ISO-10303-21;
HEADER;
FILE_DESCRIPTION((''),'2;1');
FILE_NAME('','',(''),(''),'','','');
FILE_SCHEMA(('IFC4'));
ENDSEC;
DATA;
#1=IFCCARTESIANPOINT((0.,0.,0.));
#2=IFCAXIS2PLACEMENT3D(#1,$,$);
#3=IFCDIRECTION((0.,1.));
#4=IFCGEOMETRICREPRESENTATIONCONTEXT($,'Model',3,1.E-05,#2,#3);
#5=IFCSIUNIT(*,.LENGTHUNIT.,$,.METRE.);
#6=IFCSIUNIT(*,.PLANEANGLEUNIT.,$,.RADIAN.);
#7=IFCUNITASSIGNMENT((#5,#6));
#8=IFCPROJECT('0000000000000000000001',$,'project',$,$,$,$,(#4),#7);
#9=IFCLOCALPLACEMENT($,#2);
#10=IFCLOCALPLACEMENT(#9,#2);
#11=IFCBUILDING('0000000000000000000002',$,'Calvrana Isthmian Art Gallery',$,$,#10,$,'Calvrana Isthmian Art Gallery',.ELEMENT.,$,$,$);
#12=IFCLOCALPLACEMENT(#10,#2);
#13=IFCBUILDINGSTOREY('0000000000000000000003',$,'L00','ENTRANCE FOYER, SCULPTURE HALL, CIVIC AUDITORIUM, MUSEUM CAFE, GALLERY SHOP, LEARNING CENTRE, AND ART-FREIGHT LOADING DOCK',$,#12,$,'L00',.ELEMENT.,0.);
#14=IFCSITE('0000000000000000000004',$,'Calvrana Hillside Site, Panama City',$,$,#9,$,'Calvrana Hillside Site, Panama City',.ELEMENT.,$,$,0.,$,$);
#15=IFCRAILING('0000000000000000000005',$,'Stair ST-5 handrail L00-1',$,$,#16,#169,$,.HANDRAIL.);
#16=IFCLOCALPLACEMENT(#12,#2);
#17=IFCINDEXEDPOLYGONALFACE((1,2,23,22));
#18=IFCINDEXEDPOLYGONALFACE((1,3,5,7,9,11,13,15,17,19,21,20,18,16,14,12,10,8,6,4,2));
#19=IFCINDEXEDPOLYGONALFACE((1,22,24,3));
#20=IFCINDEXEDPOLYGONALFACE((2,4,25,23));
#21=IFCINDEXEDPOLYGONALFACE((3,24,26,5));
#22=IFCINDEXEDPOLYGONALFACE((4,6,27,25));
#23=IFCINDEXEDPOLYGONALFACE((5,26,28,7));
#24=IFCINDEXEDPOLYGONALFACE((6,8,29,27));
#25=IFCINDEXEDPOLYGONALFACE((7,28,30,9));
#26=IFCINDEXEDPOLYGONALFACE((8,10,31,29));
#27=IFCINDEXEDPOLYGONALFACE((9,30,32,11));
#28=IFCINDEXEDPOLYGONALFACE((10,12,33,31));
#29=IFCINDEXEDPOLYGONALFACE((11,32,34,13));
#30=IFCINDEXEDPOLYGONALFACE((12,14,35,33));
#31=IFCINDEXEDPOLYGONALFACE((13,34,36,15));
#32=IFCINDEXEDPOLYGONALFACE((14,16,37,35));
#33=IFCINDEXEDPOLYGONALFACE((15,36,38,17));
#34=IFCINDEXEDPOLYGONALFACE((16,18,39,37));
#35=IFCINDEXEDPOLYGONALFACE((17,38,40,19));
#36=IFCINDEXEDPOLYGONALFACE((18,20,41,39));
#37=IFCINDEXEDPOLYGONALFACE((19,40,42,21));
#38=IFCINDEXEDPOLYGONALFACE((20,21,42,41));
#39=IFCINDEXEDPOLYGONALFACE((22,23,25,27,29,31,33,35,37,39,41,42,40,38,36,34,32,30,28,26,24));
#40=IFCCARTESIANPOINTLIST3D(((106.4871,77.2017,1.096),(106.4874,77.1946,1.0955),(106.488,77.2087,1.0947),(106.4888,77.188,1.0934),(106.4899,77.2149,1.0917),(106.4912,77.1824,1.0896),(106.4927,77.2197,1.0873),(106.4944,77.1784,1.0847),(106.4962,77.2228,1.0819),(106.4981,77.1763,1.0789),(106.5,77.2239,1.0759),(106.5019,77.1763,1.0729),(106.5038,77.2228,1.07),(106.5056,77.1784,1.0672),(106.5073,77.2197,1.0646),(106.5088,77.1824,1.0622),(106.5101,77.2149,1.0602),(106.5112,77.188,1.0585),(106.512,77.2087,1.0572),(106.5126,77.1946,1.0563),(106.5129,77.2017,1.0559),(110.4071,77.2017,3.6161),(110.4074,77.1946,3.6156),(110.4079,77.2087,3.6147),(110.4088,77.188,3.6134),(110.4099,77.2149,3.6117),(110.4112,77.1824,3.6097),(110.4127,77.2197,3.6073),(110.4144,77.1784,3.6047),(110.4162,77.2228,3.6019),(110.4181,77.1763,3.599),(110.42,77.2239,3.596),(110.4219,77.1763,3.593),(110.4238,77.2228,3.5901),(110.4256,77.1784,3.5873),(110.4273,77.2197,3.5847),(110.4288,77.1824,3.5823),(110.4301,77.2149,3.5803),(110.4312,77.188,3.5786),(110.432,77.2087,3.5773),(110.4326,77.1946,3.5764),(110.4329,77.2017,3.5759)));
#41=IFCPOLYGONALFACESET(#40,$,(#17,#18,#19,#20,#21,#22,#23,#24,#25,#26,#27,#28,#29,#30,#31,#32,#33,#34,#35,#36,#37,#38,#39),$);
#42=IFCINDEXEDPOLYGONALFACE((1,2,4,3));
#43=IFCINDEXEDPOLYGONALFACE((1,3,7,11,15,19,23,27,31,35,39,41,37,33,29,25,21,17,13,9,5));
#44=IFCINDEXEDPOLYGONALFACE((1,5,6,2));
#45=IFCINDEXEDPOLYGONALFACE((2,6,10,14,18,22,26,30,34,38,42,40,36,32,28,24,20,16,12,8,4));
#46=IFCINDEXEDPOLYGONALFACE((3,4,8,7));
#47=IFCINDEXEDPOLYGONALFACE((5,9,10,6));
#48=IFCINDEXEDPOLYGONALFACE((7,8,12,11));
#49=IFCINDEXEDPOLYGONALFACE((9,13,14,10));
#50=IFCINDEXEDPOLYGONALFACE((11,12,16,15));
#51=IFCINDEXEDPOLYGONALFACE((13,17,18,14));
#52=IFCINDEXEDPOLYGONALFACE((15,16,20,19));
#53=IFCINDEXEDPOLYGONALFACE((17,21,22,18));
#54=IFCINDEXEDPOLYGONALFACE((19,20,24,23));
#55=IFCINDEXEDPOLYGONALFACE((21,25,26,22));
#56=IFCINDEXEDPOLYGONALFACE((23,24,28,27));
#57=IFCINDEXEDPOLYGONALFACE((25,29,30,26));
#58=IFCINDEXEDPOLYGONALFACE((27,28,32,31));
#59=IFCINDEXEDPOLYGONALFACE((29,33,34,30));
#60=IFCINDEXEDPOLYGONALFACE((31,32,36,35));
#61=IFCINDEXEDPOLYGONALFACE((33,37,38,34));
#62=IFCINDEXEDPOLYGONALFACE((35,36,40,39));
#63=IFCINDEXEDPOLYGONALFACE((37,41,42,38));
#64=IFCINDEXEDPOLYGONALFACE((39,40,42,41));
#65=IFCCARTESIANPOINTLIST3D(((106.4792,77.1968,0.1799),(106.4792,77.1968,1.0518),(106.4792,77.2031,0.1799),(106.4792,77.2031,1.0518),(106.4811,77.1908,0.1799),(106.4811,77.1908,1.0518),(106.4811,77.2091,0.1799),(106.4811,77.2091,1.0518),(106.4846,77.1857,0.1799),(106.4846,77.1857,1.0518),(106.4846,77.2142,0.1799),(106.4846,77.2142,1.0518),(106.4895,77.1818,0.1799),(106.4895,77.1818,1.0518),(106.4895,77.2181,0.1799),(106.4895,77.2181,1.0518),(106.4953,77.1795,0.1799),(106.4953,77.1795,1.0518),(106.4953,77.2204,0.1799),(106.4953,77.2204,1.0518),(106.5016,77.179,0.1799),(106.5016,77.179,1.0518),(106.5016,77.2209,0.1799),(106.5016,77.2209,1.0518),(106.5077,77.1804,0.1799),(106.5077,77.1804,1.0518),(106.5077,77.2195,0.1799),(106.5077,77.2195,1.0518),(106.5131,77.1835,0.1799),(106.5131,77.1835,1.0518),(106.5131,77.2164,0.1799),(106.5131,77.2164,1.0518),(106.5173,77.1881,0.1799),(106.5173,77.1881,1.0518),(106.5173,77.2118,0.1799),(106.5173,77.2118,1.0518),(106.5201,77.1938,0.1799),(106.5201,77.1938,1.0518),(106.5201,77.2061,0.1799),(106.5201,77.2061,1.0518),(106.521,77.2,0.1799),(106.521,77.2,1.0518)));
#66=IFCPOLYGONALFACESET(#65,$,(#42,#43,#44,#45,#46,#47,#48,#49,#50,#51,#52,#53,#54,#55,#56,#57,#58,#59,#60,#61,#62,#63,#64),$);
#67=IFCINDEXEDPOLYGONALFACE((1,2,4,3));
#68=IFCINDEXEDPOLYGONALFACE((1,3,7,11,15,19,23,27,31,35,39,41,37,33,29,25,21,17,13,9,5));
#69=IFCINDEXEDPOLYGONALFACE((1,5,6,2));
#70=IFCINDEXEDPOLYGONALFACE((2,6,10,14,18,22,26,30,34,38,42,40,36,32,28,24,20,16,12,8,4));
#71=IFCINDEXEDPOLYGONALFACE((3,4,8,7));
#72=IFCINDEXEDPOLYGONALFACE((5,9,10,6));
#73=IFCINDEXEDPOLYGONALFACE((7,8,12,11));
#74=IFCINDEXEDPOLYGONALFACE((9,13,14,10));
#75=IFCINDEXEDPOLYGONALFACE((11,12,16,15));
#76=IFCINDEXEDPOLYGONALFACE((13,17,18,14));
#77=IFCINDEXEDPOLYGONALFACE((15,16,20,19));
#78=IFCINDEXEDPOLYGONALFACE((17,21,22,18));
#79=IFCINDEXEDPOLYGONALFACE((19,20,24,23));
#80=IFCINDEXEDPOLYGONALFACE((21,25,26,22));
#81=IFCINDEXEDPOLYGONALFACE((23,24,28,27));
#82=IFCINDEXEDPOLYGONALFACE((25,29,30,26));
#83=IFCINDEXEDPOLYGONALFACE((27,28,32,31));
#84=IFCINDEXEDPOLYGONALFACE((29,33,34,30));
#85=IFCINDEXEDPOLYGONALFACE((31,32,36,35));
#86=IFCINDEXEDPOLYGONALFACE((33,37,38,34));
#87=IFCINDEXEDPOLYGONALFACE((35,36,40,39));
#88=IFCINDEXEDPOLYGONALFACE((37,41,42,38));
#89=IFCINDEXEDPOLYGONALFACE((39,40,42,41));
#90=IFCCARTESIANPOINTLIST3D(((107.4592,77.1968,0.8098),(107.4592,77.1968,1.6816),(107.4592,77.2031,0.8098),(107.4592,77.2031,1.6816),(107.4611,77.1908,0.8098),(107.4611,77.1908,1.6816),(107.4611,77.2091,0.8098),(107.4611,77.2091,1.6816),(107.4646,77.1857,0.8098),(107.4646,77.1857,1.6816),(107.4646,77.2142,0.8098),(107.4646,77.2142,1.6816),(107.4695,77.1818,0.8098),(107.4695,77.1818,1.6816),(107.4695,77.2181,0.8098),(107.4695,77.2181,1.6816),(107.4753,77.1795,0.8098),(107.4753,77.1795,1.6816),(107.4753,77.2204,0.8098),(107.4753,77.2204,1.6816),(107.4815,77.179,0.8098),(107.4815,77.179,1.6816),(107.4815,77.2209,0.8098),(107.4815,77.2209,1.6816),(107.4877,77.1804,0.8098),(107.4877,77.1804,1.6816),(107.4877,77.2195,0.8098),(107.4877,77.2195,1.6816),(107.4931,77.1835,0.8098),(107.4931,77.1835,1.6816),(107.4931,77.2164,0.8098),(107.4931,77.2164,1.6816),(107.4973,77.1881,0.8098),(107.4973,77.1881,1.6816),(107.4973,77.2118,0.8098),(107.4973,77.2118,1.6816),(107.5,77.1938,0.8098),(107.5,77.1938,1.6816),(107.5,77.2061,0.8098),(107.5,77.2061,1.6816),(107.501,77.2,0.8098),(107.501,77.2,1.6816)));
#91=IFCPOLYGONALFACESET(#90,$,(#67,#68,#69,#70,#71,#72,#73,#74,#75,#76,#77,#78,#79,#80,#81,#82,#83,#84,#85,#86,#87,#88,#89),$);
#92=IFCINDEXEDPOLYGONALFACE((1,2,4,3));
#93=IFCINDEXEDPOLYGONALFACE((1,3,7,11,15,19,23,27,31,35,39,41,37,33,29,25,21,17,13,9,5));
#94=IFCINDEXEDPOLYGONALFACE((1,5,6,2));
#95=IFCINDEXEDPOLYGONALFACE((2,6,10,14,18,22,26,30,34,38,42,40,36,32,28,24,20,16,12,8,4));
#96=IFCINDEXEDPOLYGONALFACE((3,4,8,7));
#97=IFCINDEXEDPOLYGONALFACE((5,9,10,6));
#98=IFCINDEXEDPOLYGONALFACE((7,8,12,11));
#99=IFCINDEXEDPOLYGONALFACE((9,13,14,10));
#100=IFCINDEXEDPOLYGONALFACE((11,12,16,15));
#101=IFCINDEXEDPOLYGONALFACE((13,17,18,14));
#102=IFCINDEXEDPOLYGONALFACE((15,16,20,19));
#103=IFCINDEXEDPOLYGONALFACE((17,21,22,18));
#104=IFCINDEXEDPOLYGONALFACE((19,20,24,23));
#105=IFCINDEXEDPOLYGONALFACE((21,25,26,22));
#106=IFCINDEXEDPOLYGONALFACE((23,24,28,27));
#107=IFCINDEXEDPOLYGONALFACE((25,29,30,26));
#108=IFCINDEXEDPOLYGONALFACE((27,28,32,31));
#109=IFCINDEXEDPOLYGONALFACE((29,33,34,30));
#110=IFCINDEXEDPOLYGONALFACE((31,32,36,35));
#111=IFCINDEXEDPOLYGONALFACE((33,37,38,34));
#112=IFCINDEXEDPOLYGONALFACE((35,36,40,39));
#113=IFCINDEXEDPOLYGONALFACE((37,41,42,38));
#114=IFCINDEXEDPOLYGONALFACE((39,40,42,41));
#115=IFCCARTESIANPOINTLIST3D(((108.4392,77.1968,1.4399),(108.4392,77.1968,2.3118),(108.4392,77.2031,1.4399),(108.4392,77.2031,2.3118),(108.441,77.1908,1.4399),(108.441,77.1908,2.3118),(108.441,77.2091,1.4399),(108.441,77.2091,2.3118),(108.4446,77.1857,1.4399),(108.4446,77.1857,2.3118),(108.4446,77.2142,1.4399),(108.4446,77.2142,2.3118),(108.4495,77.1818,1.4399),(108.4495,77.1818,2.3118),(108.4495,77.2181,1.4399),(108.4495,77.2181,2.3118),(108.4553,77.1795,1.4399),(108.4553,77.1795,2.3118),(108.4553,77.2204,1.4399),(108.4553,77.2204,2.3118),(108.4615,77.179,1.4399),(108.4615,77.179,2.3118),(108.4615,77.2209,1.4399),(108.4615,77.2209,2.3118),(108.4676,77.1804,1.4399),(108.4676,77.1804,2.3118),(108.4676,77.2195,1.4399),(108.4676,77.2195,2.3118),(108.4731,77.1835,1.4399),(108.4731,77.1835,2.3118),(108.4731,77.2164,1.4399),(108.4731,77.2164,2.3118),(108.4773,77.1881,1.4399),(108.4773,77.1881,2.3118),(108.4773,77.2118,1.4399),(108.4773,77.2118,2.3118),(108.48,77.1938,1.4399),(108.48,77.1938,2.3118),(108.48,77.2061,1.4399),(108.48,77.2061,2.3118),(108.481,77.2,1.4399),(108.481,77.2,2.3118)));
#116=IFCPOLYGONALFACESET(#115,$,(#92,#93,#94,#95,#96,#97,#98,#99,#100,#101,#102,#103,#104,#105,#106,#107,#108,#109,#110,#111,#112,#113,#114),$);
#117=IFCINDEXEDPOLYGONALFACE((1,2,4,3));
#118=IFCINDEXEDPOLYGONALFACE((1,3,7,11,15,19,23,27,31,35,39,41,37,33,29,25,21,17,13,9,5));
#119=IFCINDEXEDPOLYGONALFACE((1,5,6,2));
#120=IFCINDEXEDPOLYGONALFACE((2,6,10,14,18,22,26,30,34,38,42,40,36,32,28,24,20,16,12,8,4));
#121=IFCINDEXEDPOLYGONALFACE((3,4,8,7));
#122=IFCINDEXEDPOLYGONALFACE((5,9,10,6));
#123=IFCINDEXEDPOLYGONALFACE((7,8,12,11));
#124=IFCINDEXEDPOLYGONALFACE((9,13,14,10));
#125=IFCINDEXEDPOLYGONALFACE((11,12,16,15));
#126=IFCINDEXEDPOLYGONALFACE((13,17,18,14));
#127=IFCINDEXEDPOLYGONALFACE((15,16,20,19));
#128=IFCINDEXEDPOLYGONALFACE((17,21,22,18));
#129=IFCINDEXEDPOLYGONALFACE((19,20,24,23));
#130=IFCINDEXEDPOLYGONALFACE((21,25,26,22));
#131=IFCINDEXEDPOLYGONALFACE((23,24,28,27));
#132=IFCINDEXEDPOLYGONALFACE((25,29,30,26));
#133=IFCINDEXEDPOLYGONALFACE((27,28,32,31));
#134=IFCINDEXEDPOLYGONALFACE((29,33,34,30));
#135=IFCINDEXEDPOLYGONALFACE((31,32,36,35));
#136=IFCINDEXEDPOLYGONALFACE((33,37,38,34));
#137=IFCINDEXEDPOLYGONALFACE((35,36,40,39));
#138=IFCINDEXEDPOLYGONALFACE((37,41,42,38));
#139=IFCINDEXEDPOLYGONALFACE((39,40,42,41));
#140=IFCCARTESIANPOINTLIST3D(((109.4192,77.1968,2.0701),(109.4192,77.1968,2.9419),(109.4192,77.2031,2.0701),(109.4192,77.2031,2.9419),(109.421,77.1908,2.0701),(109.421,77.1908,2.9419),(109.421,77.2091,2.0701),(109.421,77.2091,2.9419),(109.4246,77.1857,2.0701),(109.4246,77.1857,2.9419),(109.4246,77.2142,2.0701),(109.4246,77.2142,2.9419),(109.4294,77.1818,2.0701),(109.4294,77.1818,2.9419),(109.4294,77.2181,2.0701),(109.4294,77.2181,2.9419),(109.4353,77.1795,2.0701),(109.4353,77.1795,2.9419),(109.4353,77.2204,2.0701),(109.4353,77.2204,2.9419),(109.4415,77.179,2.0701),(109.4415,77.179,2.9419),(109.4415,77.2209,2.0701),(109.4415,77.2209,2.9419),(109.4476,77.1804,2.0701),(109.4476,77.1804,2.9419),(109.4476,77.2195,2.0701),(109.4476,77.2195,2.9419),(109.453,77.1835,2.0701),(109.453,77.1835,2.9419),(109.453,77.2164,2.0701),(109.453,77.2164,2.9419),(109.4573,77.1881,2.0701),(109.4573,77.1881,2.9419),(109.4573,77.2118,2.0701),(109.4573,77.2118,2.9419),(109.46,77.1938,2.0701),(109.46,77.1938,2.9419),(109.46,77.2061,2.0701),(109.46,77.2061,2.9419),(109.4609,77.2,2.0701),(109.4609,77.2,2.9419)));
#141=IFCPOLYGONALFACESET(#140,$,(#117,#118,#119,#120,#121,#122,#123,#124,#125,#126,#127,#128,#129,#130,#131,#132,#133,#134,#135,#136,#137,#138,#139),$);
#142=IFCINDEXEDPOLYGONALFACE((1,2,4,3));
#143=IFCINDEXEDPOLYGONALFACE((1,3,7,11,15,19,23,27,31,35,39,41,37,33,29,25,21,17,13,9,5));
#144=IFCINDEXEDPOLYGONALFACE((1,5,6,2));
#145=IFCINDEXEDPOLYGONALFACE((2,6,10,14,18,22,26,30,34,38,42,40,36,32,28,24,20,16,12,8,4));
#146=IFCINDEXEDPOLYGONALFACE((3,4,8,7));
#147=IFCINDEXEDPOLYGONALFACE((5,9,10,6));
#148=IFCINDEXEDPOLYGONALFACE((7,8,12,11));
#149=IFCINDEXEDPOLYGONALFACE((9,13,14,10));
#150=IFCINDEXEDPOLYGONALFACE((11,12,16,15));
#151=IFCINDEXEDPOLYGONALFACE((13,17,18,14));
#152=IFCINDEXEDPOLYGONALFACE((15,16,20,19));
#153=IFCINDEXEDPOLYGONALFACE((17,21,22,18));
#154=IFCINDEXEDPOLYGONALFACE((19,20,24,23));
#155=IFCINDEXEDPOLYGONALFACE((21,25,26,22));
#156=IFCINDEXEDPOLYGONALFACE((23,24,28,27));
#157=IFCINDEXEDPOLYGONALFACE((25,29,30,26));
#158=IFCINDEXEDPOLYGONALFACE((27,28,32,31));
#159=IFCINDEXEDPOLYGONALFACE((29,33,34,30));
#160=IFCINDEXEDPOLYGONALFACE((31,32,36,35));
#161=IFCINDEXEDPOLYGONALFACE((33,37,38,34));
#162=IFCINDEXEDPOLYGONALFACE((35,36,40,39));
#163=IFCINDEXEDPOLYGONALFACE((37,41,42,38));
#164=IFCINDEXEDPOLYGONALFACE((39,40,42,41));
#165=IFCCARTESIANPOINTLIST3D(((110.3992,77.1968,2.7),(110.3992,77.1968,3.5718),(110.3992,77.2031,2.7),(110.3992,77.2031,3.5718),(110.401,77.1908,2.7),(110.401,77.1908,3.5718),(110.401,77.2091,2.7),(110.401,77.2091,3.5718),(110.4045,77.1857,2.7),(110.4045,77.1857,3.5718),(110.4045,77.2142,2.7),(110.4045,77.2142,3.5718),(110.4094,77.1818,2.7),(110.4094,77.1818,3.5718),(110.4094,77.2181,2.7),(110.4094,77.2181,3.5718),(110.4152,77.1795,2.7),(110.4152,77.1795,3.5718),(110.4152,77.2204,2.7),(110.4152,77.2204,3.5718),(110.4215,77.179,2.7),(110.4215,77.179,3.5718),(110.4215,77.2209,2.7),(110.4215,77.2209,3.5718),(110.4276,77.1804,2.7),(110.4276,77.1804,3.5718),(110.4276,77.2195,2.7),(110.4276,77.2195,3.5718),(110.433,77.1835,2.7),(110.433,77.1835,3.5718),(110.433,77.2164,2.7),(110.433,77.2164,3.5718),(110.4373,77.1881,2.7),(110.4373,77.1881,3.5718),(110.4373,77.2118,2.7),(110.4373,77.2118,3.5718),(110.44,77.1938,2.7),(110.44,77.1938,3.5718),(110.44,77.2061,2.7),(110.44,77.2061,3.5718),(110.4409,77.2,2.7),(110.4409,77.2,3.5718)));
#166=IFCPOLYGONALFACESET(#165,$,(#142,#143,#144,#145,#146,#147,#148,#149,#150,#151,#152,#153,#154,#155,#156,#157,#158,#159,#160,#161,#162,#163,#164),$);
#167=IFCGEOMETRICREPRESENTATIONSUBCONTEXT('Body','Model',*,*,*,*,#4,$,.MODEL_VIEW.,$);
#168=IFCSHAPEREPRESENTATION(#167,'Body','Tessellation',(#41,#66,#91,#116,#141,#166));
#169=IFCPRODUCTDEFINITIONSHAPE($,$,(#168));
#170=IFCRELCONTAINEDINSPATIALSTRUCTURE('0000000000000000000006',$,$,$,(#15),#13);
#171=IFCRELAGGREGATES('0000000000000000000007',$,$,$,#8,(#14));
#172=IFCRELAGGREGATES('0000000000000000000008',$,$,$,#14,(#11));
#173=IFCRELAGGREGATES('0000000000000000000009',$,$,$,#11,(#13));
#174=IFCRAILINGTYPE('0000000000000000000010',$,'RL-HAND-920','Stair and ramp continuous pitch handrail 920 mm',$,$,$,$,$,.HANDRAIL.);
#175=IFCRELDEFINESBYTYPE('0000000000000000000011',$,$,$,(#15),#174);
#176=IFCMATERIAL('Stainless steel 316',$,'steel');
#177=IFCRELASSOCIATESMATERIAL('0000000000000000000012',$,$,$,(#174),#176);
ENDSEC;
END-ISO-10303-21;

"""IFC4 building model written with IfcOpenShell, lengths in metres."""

from ifc_helpers import new_model, si_unit, direction, frame, origin, origin_2d, place, context, subcontext, project, spatial, circle, extrude, material, type_object, element, save


model = new_model("IFC4")

# Units and contexts
model_context = context("Model", 3, precision=1e-05, world=origin(), true_north=direction((0.0, 1.0)))
body_context = subcontext(model_context, "Body", "Model", "MODEL_VIEW")
ifc_project = project(units=[si_unit("LENGTHUNIT", "METRE"), si_unit("PLANEANGLEUNIT", "RADIAN")], contexts=[model_context])

# Site, building, storey
site_placement = place(None, origin())
site = spatial("IfcSite", under=ifc_project, at=site_placement, Name="Calvrana Hillside Site, Panama City", LongName="Calvrana Hillside Site, Panama City", CompositionType="ELEMENT", RefElevation=0.0)
building_placement = place(site_placement, origin())
building = spatial("IfcBuilding", under=site, at=building_placement, Name="Calvrana Isthmian Art Gallery", LongName="Calvrana Isthmian Art Gallery", CompositionType="ELEMENT")
storey_placement = place(building_placement, origin())
storey = spatial("IfcBuildingStorey", under=building, at=storey_placement, Name="L00", Description="ENTRANCE FOYER, SCULPTURE HALL, CIVIC AUDITORIUM, MUSEUM CAFE, GALLERY SHOP, LEARNING CENTRE, AND ART-FREIGHT LOADING DOCK", LongName="L00", CompositionType="ELEMENT", Elevation=0.0)

# Railing
ifc_material_1 = material(Name="Stainless steel 316", Category="steel")
railing_type_1 = type_object("IfcRailingType", Name="RL-HAND-920", Description="Stair and ramp continuous pitch handrail 920 mm", PredefinedType="HANDRAIL", material=ifc_material_1)
railing_1_placement = place(storey_placement, frame((106.5, 77.2, 0.1799)))
element("IfcRailing", 1, at=railing_1_placement, inside=storey, type_object=railing_type_1, Name="Stair ST-5 handrail L00-1", PredefinedType="HANDRAIL", context=body_context, shape_type="SweptSolid", body=[
    extrude(circle(Radius=0.0239, at=origin_2d()), frame((0.0, 0.0, 0.896), z_axis=(0.841172, 0.0, 0.540768), x_axis=(0.0, 1.0, 0.0)), (0.0, 0.0, 1.0), 4.6602),
    extrude(circle(Radius=0.021, at=origin_2d()), origin(), (0.0, 0.0, 1.0), 0.8718),
    extrude(circle(Radius=0.021, at=origin_2d()), frame((0.98, 0.0, 0.6299)), (0.0, 0.0, 1.0), 0.8718),
    extrude(circle(Radius=0.021, at=origin_2d()), frame((1.96, 0.0, 1.26)), (0.0, 0.0, 1.0), 0.8718),
    extrude(circle(Radius=0.021, at=origin_2d()), frame((2.9399, 0.0, 1.8901)), (0.0, 0.0, 1.0), 0.8718),
    extrude(circle(Radius=0.021, at=origin_2d()), frame((3.9199, 0.0, 2.52)), (0.0, 0.0, 1.0), 0.8718),
])

save(model, "model.ifc")
